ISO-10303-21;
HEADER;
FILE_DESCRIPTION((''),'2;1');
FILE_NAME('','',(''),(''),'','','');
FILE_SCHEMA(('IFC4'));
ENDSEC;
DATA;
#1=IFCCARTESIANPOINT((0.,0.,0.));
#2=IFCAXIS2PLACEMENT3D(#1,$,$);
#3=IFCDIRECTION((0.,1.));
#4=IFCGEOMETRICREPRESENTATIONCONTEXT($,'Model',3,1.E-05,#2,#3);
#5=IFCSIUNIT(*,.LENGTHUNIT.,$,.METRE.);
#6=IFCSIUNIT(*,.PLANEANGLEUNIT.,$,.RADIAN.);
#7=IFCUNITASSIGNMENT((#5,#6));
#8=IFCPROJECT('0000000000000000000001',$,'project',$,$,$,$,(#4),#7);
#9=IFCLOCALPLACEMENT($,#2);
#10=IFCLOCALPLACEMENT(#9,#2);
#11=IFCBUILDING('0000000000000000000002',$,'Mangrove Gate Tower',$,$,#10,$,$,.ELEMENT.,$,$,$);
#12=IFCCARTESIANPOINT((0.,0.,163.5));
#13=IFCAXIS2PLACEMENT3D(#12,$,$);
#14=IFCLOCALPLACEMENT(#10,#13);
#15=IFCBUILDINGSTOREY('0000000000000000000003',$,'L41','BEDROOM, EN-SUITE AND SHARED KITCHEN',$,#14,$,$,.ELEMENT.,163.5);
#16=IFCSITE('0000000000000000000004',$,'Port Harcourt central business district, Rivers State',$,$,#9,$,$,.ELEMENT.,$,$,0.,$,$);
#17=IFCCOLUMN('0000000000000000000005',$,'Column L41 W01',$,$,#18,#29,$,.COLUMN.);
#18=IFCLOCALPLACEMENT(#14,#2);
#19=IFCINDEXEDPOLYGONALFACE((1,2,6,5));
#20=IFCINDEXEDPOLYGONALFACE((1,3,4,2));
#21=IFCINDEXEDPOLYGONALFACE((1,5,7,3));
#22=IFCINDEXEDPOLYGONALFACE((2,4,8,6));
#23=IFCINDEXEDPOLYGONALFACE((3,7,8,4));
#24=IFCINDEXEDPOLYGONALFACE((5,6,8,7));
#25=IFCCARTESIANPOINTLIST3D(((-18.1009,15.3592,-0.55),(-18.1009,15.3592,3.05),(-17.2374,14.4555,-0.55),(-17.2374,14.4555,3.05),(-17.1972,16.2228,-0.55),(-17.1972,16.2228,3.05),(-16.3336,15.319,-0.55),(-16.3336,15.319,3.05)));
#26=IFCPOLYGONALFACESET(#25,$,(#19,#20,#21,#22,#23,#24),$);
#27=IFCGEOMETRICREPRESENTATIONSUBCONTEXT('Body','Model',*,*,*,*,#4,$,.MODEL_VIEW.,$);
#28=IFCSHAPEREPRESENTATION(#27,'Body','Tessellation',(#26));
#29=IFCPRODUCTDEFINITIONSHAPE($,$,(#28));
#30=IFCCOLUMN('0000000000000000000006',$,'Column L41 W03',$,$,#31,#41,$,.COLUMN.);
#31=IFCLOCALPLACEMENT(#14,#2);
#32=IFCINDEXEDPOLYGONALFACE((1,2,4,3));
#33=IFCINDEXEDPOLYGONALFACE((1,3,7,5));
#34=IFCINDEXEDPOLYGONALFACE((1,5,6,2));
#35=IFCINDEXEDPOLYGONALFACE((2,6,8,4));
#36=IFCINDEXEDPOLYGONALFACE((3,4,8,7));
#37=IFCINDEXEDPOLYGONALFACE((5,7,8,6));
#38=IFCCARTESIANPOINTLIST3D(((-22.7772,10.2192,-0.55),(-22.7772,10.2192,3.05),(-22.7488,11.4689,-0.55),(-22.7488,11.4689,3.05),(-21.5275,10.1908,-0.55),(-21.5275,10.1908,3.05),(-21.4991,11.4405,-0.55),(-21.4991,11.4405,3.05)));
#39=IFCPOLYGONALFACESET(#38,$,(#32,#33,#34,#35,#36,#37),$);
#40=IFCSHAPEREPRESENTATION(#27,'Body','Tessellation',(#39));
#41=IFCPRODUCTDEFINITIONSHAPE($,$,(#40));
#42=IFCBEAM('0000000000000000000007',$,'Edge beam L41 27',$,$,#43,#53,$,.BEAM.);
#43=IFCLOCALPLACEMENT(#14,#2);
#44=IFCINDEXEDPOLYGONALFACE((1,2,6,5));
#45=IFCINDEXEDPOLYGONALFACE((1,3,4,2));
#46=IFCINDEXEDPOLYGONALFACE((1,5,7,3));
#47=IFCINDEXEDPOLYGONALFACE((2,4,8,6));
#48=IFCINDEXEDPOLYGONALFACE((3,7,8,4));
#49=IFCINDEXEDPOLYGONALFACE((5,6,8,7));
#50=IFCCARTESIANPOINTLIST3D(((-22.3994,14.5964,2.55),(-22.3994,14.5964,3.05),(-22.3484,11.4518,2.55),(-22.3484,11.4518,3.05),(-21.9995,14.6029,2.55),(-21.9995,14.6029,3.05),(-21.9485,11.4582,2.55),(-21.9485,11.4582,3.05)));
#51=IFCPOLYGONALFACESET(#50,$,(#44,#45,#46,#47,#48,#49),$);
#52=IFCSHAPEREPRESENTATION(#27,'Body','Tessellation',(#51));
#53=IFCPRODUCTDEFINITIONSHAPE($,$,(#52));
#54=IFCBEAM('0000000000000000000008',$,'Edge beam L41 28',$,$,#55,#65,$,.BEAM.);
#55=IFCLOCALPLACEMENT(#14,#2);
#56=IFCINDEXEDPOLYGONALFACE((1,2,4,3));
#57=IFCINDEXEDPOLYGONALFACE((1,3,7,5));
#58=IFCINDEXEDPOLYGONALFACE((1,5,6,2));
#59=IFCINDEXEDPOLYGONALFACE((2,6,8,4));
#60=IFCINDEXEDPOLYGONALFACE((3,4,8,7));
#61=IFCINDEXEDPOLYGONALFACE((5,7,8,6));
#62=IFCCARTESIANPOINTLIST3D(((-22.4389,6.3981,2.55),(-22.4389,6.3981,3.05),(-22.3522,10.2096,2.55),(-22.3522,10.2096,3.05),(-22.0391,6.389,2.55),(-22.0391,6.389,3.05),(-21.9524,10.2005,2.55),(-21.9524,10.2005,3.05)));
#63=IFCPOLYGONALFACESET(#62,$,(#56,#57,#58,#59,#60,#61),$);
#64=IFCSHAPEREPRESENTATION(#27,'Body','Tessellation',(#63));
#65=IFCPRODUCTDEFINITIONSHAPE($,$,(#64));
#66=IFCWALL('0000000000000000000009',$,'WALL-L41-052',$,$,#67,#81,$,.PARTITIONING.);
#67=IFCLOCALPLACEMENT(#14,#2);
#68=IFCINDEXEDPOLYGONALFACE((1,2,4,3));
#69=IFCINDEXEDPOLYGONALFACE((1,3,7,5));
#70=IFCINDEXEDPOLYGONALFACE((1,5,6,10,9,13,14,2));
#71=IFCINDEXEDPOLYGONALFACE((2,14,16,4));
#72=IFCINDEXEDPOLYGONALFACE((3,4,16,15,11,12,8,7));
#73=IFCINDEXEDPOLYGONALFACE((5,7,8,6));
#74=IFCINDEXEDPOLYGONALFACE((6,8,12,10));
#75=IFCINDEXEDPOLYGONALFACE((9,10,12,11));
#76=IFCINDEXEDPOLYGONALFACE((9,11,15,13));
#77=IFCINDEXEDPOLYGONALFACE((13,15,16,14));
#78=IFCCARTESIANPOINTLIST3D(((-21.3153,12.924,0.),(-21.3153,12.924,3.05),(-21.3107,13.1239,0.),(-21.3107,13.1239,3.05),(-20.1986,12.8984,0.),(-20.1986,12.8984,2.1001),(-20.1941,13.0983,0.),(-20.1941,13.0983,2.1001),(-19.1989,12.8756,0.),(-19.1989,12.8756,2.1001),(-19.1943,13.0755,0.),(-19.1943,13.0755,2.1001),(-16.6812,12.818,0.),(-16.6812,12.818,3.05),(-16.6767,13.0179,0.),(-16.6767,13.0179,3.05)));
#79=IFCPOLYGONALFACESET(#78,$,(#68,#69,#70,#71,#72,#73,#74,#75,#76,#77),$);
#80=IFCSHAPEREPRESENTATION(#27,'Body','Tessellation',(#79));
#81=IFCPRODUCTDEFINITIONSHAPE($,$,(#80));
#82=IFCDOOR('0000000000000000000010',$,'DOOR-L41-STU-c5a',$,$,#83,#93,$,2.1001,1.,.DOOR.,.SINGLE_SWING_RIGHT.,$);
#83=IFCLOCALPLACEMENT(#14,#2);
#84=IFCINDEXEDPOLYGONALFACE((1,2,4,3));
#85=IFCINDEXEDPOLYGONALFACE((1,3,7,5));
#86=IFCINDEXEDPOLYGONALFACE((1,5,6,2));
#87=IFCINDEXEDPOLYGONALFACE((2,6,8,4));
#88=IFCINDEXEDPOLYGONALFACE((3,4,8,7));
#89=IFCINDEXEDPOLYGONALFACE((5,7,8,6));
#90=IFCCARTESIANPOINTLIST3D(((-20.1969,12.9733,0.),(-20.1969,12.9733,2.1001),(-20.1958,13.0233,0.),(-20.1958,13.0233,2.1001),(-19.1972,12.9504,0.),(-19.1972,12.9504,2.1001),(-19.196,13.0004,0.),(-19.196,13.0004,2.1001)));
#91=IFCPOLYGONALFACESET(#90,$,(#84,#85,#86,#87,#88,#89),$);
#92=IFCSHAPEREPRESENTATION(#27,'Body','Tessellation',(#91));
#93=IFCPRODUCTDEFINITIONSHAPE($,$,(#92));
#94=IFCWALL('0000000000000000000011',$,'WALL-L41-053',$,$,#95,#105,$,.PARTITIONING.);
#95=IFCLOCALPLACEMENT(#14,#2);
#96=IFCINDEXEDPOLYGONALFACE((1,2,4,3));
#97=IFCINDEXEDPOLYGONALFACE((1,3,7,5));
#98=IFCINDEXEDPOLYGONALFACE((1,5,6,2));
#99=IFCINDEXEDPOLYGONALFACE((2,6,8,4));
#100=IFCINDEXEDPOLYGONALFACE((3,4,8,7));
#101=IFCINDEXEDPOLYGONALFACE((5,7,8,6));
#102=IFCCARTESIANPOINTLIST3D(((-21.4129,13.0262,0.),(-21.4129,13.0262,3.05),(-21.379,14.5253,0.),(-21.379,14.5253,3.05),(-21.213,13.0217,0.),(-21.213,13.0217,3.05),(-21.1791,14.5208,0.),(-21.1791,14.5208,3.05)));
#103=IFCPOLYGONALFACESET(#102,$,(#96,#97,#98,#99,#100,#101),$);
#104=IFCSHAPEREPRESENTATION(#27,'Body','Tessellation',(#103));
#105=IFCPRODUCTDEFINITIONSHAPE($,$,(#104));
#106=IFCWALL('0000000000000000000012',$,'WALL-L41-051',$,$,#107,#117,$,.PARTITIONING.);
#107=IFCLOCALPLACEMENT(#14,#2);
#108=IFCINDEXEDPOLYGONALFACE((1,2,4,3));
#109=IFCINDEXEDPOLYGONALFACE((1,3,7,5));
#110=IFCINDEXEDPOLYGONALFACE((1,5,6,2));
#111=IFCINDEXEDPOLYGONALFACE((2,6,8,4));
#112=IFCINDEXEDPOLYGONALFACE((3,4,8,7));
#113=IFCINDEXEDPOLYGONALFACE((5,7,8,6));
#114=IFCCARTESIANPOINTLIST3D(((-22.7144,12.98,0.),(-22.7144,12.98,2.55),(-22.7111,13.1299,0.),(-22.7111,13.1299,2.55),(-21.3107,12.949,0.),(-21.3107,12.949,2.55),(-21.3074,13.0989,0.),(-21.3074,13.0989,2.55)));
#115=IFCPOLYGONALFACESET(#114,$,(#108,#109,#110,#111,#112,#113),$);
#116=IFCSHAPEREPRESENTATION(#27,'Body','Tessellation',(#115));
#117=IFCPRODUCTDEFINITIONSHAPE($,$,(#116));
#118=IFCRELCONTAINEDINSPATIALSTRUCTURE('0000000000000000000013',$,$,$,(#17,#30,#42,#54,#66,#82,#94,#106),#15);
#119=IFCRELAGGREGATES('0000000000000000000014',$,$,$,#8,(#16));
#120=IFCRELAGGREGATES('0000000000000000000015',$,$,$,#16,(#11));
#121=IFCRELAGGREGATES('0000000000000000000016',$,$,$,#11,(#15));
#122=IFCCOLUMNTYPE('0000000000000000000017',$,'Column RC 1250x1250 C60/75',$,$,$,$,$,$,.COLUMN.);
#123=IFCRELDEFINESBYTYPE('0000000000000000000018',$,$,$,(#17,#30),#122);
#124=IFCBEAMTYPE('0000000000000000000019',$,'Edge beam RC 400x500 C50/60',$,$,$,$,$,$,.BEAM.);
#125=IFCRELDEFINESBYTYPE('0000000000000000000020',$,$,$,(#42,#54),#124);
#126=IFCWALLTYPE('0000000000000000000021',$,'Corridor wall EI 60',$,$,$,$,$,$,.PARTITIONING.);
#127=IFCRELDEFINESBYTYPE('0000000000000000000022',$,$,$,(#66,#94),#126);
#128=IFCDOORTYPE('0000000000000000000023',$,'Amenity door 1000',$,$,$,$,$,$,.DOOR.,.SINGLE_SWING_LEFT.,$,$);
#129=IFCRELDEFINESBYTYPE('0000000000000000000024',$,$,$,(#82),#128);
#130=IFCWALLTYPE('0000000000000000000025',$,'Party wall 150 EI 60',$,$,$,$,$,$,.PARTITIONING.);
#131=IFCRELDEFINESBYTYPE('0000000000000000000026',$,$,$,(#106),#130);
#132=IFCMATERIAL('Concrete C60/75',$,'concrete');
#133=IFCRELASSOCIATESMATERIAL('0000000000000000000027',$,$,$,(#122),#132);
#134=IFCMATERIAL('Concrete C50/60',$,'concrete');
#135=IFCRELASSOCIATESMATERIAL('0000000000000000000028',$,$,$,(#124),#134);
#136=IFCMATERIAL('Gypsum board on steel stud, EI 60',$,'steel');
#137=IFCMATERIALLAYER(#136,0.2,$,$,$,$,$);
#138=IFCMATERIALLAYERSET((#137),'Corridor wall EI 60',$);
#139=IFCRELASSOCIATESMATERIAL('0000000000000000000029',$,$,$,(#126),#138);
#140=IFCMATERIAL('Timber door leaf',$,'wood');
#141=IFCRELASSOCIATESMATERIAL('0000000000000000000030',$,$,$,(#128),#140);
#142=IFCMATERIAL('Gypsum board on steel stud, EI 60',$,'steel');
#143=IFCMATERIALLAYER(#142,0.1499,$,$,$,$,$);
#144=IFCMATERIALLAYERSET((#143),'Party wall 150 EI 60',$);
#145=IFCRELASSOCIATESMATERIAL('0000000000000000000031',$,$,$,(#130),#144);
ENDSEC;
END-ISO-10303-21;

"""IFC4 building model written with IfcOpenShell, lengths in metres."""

from ifc_helpers import new_model, si_unit, direction, frame, frame_2d, origin, origin_2d, place, context, subcontext, project, spatial, rectangle, extrude, material, layer, layer_set, material_profile, profile_set, type_object, element, fill, save


model = new_model("IFC4")

# Units and contexts
model_context = context("Model", 3, precision=1e-05, world=origin(), true_north=direction((0.0, 1.0)))
body_context = subcontext(model_context, "Body", "Model", "MODEL_VIEW")
ifc_project = project(units=[si_unit("LENGTHUNIT", "METRE"), si_unit("PLANEANGLEUNIT", "RADIAN")], contexts=[model_context])

# Site, building, storey
site_placement = place(None, origin())
site = spatial("IfcSite", under=ifc_project, at=site_placement, Name="Port Harcourt central business district, Rivers State", CompositionType="ELEMENT", RefElevation=0.0)
building_placement = place(site_placement, origin())
building = spatial("IfcBuilding", under=site, at=building_placement, Name="Mangrove Gate Tower", CompositionType="ELEMENT")
storey_placement = place(building_placement, frame((0.0, 0.0, 163.5)))
storey = spatial("IfcBuildingStorey", under=building, at=storey_placement, Name="L41", Description="BEDROOM, EN-SUITE AND SHARED KITCHEN", CompositionType="ELEMENT", Elevation=163.5)

# Columns
ifc_material_1 = material(Name="Concrete C60/75", Category="concrete")
ifc_material_profile_1 = material_profile(ifc_material_1, rectangle(XDim=1.25, YDim=1.25, at=origin_2d()))
ifc_profile_set_1 = profile_set([ifc_material_profile_1], Name="Concrete C60/75")
column_type = type_object("IfcColumnType", Name="Column RC 1250x1250 C60/75", PredefinedType="COLUMN", material=ifc_profile_set_1)
for number, where, z_axis, x_axis, name in (
    (1, (-17.2173, 15.3391, -0.55), (0.0, 0.0, 1.0), (-0.722977, -0.690873, 0.0), "Column L41 W01"),
    (2, (-22.1382, 10.8298, -0.55), (0.0, 0.0, 1.0), (-0.022717, -0.999742, 0.0), "Column L41 W03"),
):
    element("IfcColumn", number, at=place(storey_placement, frame(where, z_axis=z_axis, x_axis=x_axis)), inside=storey, type_object=column_type, Name=name, PredefinedType="COLUMN", context=body_context, shape_type="SweptSolid", body=[
        extrude(rectangle(XDim=1.25, YDim=1.25, at=origin_2d()), origin(), (0.0, 0.0, 1.0), 3.6001),
    ])

# Beams
ifc_material_2 = material(Name="Concrete C50/60", Category="concrete")
ifc_material_profile_2 = material_profile(ifc_material_2, rectangle(XDim=0.3999, YDim=0.5, at=origin_2d()))
ifc_profile_set_2 = profile_set([ifc_material_profile_2], Name="Concrete C50/60")
beam_type = type_object("IfcBeamType", Name="Edge beam RC 400x500 C50/60", PredefinedType="BEAM", material=ifc_profile_set_2)
beam_1_placement = place(storey_placement, frame((-22.1995, 14.5996, 2.8), z_axis=(0.016225, -0.999868, 0.0), x_axis=(0.999868, 0.016225, 0.0)))
element("IfcBeam", 3, at=beam_1_placement, inside=storey, type_object=beam_type, Name="Edge beam L41 27", PredefinedType="BEAM", context=body_context, shape_type="SweptSolid", body=[
    extrude(rectangle(XDim=0.3999, YDim=0.5, at=origin_2d()), origin(), (0.0, 0.0, 1.0), 3.145),
])
beam_2_placement = place(storey_placement, frame((-22.1523, 10.2051, 2.8), z_axis=(-0.022733, -0.999742, 0.0), x_axis=(0.999742, -0.022733, 0.0)))
element("IfcBeam", 4, at=beam_2_placement, inside=storey, type_object=beam_type, Name="Edge beam L41 28", PredefinedType="BEAM", context=body_context, shape_type="SweptSolid", body=[
    extrude(rectangle(XDim=0.3999, YDim=0.5, at=origin_2d()), origin(), (0.0, 0.0, 1.0), 3.8125),
])

# Wall, opening, door
ifc_material_3 = material(Name="Gypsum board on steel stud, EI 60", Category="steel")
ifc_layer_1 = layer(ifc_material_3, 0.2)
ifc_layer_set_1 = layer_set([ifc_layer_1], Name="Corridor wall EI 60")
wall_type_1 = type_object("IfcWallType", Name="Corridor wall EI 60", PredefinedType="PARTITIONING", material=ifc_layer_set_1)
wall_1_placement = place(storey_placement, frame((-21.313, 13.0239, 0.0), z_axis=(0.0, 0.0, 1.0), x_axis=(0.999739, -0.022859, 0.0)))
wall_1 = element("IfcWall", 5, at=wall_1_placement, inside=storey, type_object=wall_type_1, Name="WALL-L41-052", PredefinedType="PARTITIONING", context=body_context, shape_type="SweptSolid", body=[
    extrude(rectangle(XDim=4.6353, YDim=0.2, at=frame_2d((2.3176, 0.0))), origin(), (0.0, 0.0, 1.0), 3.05),
])
opening_1_placement = place(wall_1_placement, frame((1.1169, 0.0, 0.0)))
opening_1 = element("IfcOpeningElement", 6, at=opening_1_placement, cuts=wall_1, PredefinedType="OPENING", context=body_context, shape_type="SweptSolid", body=[
    extrude(rectangle(XDim=1.0, YDim=2.1001, at=frame_2d((0.5, 1.05))), frame((0.0, 0.1099, 0.0), z_axis=(0.0, -1.0, 0.0), x_axis=(1.0, 0.0, 0.0)), (0.0, 0.0, 1.0), 0.22),
])
ifc_material_4 = material(Name="Timber door leaf", Category="wood")
door_type_1 = type_object("IfcDoorType", Name="Amenity door 1000", OperationType="SINGLE_SWING_LEFT", PredefinedType="DOOR", material=ifc_material_4)
door_1_placement = place(opening_1_placement, origin())
door_1 = element("IfcDoor", 7, at=door_1_placement, inside=storey, type_object=door_type_1, Name="DOOR-L41-STU-c5a", OperationType="SINGLE_SWING_RIGHT", OverallHeight=2.1001, OverallWidth=1.0, PredefinedType="DOOR", context=body_context, shape_type="SweptSolid", body=[
    extrude(rectangle(XDim=1.0, YDim=2.1001, at=frame_2d((0.5, 1.05))), frame((0.0, 0.0249, 0.0), z_axis=(0.0, -1.0, 0.0), x_axis=(1.0, 0.0, 0.0)), (0.0, 0.0, 1.0), 0.05),
])
fill(opening_1, door_1)

# Wall
wall_2_placement = place(storey_placement, frame((-21.313, 13.0239, 0.0), z_axis=(0.0, 0.0, 1.0), x_axis=(0.022633, 0.999744, 0.0)))
element("IfcWall", 8, at=wall_2_placement, inside=storey, type_object=wall_type_1, Name="WALL-L41-053", PredefinedType="PARTITIONING", context=body_context, shape_type="SweptSolid", body=[
    extrude(rectangle(XDim=1.4995, YDim=0.2, at=frame_2d((0.7498, 0.0))), origin(), (0.0, 0.0, 1.0), 3.05),
])

# Wall
ifc_material_5 = material(Name="Gypsum board on steel stud, EI 60", Category="steel")
ifc_layer_2 = layer(ifc_material_5, 0.1499)
ifc_layer_set_2 = layer_set([ifc_layer_2], Name="Party wall 150 EI 60")
wall_type_2 = type_object("IfcWallType", Name="Party wall 150 EI 60", PredefinedType="PARTITIONING", material=ifc_layer_set_2)
wall_3_placement = place(storey_placement, frame((-22.7129, 13.0549, 0.0), z_axis=(0.0, 0.0, 1.0), x_axis=(0.999756, -0.022082, 0.0)))
element("IfcWall", 9, at=wall_3_placement, inside=storey, type_object=wall_type_2, Name="WALL-L41-051", PredefinedType="PARTITIONING", context=body_context, shape_type="SweptSolid", body=[
    extrude(rectangle(XDim=1.4041, YDim=0.1499, at=frame_2d((0.7021, 0.0))), origin(), (0.0, 0.0, 1.0), 2.55),
])

save(model, "model.ifc")
